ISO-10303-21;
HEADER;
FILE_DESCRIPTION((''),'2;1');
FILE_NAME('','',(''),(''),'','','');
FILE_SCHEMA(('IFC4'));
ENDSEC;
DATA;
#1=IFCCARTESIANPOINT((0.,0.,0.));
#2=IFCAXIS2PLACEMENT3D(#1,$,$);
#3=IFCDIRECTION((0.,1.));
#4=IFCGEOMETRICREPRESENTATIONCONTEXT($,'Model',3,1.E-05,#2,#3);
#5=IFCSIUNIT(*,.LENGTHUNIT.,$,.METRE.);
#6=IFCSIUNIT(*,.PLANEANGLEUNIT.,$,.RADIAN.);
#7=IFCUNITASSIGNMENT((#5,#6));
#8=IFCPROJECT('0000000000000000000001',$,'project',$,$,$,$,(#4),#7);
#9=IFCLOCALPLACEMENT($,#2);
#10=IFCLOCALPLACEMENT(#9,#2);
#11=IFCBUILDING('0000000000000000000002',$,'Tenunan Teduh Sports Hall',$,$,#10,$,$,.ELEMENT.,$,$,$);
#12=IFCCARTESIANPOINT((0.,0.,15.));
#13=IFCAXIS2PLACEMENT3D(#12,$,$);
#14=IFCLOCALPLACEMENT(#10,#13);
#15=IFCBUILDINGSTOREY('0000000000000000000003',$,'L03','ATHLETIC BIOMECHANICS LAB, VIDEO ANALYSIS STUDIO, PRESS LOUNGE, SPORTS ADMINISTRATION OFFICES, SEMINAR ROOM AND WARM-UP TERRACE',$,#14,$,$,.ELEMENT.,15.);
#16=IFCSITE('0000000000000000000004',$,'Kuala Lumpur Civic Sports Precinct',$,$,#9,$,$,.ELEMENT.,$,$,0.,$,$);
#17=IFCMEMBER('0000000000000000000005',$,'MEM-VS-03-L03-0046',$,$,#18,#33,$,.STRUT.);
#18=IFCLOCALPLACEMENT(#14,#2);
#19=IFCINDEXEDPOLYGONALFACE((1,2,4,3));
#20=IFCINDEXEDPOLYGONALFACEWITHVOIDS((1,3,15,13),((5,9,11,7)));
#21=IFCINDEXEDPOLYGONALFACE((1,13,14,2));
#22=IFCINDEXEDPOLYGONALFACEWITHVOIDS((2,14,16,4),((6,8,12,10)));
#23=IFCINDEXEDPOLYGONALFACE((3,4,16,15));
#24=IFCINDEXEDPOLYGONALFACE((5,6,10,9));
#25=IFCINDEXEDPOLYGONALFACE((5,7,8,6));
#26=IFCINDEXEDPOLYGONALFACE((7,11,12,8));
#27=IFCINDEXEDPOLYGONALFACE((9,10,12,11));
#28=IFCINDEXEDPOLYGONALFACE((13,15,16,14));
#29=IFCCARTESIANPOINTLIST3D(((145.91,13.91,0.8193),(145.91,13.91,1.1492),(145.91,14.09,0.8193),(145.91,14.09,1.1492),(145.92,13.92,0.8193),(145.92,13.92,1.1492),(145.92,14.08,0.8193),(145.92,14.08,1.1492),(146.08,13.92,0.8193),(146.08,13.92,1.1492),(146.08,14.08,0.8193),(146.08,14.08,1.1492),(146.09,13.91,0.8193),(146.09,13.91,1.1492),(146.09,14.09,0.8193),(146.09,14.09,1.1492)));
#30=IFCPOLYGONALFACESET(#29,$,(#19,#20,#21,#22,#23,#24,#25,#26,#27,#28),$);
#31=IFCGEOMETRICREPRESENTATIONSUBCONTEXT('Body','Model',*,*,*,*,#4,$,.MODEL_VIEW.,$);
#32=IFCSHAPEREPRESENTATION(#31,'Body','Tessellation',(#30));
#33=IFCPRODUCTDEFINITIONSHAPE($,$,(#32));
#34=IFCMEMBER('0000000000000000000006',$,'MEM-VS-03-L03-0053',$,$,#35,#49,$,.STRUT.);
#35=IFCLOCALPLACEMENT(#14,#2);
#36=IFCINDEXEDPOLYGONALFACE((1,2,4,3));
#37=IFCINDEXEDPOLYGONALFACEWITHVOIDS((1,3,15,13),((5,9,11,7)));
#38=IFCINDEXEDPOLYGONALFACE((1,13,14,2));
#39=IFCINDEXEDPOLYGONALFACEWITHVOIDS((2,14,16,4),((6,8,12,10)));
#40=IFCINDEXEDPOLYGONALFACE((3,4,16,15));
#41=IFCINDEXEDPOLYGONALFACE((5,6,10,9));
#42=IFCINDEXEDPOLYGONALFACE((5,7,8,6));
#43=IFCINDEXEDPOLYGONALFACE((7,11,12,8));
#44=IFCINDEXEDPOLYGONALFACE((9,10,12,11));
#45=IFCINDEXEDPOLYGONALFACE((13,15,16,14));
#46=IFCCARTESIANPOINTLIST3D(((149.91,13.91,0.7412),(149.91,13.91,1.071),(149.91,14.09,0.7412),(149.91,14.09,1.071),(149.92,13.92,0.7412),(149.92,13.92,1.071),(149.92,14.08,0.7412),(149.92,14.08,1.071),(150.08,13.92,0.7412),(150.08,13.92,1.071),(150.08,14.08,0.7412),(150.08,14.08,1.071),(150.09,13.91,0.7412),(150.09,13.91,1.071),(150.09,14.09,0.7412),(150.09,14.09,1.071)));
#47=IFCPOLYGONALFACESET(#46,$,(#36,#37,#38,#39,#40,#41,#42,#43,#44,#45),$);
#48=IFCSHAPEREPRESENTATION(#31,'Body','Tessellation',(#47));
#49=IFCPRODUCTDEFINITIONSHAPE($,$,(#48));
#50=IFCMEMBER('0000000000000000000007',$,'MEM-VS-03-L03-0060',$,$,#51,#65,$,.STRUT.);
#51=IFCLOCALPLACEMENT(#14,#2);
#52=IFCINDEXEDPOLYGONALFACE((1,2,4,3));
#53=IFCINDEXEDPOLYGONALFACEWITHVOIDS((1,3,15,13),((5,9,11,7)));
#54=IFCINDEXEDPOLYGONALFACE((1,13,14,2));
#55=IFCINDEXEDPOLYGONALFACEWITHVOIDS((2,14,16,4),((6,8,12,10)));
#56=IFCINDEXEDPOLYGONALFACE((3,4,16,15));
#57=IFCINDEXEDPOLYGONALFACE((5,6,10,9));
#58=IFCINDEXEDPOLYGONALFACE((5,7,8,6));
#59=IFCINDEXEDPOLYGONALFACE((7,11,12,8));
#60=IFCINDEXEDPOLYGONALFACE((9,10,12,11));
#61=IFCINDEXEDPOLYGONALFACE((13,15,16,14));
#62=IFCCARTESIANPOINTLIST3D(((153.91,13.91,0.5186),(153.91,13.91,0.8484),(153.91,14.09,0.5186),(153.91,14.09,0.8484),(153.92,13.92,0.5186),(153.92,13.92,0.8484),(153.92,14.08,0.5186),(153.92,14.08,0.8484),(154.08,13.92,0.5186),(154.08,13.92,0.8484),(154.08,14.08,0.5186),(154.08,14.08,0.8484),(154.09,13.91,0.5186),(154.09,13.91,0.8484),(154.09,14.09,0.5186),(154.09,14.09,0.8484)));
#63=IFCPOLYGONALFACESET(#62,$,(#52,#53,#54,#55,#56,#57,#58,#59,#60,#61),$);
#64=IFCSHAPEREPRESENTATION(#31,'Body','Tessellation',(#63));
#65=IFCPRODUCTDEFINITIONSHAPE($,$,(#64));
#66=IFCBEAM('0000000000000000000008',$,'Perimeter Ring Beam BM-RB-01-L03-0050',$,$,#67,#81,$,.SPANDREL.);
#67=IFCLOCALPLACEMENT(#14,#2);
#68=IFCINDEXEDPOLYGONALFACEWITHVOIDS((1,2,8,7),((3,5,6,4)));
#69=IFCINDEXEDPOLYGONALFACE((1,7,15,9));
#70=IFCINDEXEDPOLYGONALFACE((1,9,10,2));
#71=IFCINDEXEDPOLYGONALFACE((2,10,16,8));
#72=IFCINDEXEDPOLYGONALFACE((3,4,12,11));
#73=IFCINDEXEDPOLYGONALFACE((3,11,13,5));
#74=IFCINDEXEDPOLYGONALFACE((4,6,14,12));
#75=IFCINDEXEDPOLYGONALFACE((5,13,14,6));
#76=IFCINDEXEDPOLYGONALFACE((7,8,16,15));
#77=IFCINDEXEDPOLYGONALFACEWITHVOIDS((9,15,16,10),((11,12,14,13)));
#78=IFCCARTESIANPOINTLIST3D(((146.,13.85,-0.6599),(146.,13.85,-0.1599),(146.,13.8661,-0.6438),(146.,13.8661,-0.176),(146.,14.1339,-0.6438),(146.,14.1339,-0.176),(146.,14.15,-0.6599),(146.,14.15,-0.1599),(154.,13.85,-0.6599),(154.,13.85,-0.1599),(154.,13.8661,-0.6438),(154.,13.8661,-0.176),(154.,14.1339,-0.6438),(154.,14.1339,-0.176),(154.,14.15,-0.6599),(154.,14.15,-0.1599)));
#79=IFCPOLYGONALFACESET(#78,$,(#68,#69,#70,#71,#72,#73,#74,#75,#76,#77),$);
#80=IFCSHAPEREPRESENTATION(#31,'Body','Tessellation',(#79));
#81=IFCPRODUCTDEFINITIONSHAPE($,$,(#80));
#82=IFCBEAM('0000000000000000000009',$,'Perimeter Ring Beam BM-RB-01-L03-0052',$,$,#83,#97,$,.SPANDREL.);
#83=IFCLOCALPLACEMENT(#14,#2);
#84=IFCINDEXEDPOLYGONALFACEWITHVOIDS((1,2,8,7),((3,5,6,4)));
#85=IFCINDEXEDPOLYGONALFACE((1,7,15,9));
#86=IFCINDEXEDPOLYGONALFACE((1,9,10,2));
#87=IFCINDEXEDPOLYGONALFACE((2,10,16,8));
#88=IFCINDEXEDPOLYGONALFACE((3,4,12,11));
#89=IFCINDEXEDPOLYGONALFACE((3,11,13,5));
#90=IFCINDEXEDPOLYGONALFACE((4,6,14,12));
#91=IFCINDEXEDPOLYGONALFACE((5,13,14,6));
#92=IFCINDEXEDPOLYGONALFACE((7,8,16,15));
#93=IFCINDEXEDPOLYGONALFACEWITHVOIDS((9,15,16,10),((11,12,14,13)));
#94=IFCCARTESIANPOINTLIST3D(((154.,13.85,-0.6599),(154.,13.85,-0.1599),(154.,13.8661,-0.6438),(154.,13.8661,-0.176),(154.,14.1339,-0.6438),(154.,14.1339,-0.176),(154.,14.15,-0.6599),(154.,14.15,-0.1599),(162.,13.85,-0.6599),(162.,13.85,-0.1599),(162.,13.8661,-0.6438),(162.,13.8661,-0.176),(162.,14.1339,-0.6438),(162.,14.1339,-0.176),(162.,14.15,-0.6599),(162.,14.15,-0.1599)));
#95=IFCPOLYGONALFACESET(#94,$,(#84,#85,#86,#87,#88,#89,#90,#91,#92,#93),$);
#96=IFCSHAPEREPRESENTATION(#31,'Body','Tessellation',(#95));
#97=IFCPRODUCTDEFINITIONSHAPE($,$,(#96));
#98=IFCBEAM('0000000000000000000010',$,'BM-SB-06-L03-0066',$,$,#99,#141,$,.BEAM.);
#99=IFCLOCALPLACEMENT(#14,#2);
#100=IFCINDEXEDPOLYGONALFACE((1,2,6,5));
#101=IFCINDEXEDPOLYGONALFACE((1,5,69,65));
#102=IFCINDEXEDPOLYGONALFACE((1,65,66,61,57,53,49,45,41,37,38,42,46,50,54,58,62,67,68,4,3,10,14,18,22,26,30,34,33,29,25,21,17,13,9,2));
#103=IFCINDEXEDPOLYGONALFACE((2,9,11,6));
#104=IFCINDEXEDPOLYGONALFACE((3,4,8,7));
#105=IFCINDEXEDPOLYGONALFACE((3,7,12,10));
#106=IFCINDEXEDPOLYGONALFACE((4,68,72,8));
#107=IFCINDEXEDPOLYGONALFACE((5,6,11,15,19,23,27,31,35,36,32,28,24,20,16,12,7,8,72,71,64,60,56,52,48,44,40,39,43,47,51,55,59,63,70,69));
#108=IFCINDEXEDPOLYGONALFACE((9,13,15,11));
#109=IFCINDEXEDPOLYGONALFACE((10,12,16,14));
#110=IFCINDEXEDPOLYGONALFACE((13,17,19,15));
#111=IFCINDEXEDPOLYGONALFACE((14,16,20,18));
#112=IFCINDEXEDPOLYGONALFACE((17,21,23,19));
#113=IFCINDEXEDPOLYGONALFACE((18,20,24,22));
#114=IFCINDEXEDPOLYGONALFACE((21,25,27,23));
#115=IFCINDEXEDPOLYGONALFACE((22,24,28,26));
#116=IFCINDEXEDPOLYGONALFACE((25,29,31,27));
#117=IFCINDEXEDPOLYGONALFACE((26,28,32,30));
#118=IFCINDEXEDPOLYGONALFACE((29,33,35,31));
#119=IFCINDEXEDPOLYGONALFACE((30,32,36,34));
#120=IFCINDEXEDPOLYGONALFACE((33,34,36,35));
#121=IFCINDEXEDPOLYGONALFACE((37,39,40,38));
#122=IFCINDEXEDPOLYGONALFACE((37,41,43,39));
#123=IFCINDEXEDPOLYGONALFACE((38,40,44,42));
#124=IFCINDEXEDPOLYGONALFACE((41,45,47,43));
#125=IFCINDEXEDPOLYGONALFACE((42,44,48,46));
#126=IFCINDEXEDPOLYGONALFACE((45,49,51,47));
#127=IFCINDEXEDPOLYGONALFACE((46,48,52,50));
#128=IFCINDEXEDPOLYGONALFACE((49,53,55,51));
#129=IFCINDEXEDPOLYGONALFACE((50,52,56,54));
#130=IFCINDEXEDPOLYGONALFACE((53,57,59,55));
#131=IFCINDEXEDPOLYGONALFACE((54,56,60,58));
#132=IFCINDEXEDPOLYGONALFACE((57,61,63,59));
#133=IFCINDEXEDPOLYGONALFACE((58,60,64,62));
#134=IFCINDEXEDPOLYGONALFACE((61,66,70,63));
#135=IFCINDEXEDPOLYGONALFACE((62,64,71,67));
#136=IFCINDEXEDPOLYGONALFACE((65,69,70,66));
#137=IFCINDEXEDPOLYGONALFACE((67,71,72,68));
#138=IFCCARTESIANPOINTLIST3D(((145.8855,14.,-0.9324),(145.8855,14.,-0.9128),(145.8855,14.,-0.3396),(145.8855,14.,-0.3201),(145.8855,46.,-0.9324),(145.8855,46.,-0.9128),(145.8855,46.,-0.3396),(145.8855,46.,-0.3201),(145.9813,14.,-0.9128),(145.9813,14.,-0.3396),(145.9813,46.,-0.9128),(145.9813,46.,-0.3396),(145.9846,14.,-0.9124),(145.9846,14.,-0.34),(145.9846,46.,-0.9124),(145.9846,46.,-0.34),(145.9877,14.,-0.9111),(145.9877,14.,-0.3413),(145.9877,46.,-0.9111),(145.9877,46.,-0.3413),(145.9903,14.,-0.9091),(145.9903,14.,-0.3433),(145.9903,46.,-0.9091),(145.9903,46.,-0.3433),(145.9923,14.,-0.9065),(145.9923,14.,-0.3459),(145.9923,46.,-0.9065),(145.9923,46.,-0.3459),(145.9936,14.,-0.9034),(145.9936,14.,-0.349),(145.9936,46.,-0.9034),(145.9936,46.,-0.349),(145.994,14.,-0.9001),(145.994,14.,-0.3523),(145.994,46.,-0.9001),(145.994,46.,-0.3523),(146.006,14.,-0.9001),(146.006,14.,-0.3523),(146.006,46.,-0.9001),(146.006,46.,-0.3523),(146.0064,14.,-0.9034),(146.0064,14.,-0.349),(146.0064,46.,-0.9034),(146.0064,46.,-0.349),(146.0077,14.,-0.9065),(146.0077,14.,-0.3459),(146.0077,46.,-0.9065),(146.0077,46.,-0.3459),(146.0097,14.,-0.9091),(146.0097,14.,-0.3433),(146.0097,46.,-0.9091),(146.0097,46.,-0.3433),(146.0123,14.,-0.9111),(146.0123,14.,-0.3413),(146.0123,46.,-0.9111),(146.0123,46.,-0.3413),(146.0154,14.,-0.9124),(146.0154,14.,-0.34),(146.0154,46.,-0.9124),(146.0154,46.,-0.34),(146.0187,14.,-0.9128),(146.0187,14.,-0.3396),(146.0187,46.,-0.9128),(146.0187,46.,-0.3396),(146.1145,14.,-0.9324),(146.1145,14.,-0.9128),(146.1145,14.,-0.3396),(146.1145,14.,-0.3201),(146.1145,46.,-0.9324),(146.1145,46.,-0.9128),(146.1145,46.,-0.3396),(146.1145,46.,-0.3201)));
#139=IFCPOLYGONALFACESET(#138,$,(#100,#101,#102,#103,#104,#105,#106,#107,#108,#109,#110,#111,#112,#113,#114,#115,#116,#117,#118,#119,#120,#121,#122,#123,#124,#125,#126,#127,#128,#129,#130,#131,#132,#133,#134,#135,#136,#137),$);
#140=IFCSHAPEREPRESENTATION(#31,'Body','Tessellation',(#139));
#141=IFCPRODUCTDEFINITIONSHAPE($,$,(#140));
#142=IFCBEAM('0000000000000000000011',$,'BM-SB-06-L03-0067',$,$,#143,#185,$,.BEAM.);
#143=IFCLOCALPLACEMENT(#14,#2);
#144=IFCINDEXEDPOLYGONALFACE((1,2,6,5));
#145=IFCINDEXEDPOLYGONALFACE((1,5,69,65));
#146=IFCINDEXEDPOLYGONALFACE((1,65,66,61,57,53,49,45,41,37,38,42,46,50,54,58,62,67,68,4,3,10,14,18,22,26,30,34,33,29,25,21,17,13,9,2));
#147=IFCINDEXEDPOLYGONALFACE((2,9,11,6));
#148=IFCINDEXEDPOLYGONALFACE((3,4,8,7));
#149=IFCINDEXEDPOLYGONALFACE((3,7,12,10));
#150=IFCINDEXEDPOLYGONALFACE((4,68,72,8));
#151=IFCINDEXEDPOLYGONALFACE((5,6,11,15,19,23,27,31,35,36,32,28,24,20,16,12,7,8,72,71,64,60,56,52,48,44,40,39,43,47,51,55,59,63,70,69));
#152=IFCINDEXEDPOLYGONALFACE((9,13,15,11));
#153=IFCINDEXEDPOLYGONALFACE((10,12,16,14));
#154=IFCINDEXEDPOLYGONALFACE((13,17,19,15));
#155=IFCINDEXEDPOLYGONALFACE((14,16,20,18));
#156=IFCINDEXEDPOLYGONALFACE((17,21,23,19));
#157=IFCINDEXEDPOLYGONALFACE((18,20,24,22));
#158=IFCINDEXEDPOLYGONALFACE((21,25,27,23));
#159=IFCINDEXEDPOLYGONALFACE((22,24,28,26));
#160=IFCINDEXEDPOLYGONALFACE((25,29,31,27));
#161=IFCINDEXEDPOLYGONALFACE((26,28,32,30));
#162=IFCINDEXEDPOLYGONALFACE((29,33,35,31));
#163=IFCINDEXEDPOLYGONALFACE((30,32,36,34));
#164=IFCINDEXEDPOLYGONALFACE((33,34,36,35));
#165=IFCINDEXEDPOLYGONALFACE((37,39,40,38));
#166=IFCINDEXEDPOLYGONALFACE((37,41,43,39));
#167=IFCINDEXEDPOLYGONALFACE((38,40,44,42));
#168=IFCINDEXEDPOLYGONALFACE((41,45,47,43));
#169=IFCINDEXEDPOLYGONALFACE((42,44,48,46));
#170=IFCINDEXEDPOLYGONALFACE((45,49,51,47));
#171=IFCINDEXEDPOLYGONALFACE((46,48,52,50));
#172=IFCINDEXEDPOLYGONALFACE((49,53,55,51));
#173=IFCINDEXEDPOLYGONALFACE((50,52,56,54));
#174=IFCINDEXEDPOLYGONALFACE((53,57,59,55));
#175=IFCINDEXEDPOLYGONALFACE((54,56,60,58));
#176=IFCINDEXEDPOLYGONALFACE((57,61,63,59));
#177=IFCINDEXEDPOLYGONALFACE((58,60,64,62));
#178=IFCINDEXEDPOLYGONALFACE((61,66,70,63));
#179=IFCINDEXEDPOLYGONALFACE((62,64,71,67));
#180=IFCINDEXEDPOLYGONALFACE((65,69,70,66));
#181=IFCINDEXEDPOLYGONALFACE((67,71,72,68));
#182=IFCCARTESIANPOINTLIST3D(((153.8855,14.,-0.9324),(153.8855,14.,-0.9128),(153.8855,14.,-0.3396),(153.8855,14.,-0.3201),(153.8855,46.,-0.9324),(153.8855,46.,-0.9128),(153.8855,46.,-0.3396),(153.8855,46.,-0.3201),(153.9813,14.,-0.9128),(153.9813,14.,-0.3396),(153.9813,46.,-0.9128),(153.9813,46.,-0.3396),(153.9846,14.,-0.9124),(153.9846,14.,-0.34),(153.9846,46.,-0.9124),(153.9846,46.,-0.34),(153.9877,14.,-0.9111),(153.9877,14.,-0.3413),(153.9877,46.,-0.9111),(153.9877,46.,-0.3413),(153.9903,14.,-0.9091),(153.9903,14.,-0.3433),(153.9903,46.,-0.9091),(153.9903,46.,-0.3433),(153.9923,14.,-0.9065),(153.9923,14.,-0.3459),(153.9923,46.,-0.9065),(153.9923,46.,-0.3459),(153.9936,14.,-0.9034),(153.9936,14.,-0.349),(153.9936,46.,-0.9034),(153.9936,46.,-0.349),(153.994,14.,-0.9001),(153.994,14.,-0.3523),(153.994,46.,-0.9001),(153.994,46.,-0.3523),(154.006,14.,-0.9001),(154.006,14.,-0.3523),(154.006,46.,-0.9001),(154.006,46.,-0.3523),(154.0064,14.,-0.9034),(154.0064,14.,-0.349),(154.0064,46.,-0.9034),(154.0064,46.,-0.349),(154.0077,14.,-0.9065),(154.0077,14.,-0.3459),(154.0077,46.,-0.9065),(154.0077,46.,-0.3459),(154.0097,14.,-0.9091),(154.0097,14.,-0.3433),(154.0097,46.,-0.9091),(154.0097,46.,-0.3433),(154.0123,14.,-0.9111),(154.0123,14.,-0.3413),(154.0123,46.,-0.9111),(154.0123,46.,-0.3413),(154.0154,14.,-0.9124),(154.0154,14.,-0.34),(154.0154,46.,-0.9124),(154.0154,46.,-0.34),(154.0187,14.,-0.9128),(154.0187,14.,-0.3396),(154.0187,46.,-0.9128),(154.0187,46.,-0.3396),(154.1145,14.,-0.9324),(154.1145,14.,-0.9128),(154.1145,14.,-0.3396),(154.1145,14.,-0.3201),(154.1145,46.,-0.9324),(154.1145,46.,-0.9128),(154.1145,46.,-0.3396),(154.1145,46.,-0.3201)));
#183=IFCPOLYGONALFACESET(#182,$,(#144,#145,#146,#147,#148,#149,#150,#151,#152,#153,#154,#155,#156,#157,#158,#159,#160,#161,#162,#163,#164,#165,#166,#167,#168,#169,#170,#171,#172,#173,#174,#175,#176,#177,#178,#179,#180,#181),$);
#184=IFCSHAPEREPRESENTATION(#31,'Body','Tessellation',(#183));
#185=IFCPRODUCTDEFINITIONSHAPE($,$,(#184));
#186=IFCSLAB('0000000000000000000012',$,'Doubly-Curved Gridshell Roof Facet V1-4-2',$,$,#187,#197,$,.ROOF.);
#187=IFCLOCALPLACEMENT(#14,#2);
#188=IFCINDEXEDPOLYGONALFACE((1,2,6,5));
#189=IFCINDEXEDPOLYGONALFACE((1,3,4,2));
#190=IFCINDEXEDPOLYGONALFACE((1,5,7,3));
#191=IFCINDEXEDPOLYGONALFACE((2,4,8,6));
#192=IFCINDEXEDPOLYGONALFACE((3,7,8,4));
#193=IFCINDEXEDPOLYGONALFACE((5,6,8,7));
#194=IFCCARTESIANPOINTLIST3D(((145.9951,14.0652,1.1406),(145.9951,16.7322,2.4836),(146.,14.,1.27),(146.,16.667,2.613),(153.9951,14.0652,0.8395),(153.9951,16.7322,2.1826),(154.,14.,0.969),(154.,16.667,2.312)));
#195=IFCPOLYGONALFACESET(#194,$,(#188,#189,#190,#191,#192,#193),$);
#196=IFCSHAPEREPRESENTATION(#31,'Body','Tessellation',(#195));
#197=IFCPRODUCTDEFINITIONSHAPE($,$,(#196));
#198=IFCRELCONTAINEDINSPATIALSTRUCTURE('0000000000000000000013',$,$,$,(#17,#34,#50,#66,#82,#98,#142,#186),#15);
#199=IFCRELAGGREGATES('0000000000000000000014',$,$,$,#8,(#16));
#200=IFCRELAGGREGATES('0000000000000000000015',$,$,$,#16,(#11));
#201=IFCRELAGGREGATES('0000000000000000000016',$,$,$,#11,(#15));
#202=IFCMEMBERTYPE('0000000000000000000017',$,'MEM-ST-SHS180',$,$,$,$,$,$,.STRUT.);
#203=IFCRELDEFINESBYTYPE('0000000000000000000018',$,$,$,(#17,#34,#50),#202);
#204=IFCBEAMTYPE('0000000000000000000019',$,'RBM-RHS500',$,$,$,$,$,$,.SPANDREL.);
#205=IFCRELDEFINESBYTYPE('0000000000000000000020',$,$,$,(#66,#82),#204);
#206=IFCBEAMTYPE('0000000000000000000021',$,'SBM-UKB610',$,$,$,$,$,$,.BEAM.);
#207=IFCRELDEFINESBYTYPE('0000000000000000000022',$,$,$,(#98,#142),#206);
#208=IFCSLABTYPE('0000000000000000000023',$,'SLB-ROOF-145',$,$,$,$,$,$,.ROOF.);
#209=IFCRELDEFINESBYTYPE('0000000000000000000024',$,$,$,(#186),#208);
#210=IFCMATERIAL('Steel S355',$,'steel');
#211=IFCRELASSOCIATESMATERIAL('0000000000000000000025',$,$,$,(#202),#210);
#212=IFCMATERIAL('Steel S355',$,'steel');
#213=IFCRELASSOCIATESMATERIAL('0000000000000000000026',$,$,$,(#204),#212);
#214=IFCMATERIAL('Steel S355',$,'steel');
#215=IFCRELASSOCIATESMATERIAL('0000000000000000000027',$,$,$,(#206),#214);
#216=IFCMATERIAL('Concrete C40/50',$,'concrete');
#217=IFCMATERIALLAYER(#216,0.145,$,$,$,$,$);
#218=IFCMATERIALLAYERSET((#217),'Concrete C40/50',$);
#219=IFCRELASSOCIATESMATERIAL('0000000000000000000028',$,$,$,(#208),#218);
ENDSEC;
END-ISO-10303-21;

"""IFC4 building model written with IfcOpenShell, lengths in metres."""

from ifc_helpers import new_model, si_unit, direction, frame, origin, origin_2d, place, context, subcontext, project, spatial, polyline, hollow_rectangle, i_section, outline, extrude, material, layer, layer_set, material_profile, profile_set, type_object, element, save


model = new_model("IFC4")

# Units and contexts
model_context = context("Model", 3, precision=1e-05, world=origin(), true_north=direction((0.0, 1.0)))
body_context = subcontext(model_context, "Body", "Model", "MODEL_VIEW")
ifc_project = project(units=[si_unit("LENGTHUNIT", "METRE"), si_unit("PLANEANGLEUNIT", "RADIAN")], contexts=[model_context])

# Site, building, storey
site_placement = place(None, origin())
site = spatial("IfcSite", under=ifc_project, at=site_placement, Name="Kuala Lumpur Civic Sports Precinct", CompositionType="ELEMENT", RefElevation=0.0)
building_placement = place(site_placement, origin())
building = spatial("IfcBuilding", under=site, at=building_placement, Name="Tenunan Teduh Sports Hall", CompositionType="ELEMENT")
storey_placement = place(building_placement, frame((0.0, 0.0, 15.0)))
storey = spatial("IfcBuildingStorey", under=building, at=storey_placement, Name="L03", Description="ATHLETIC BIOMECHANICS LAB, VIDEO ANALYSIS STUDIO, PRESS LOUNGE, SPORTS ADMINISTRATION OFFICES, SEMINAR ROOM AND WARM-UP TERRACE", CompositionType="ELEMENT", Elevation=15.0)

# Members
ifc_material_1 = material(Name="Steel S355", Category="steel")
ifc_material_profile_1 = material_profile(ifc_material_1, hollow_rectangle(XDim=0.1799, YDim=0.1799, WallThickness=0.01, at=origin_2d()), Name="SHS 180x180x10.0")
ifc_profile_set_1 = profile_set([ifc_material_profile_1], Name="Steel S355")
member_type_1 = type_object("IfcMemberType", Name="MEM-ST-SHS180", PredefinedType="STRUT", material=ifc_profile_set_1)
for number, where, z_axis, x_axis, name in (
    (1, (146.0, 14.0, 0.8193), (0.0, 0.0, 1.0), (1.0, 0.0, 0.0), "MEM-VS-03-L03-0046"),
    (2, (150.0, 14.0, 0.7412), (0.0, 0.0, 1.0), (1.0, 0.0, 0.0), "MEM-VS-03-L03-0053"),
    (3, (154.0, 14.0, 0.5186), (0.0, 0.0, 1.0), (1.0, 0.0, 0.0), "MEM-VS-03-L03-0060"),
):
    element("IfcMember", number, at=place(storey_placement, frame(where, z_axis=z_axis, x_axis=x_axis)), inside=storey, type_object=member_type_1, Name=name, PredefinedType="STRUT", context=body_context, shape_type="SweptSolid", body=[
        extrude(hollow_rectangle(XDim=0.1799, YDim=0.1799, WallThickness=0.01, at=origin_2d()), origin(), (0.0, 0.0, 1.0), 0.3298),
    ])

# Beams
ifc_material_2 = material(Name="Steel S355", Category="steel")
ifc_material_profile_2 = material_profile(ifc_material_2, hollow_rectangle(XDim=0.3, YDim=0.5, WallThickness=0.0161, at=origin_2d()), Name="RHS 500x300x16.0")
ifc_profile_set_2 = profile_set([ifc_material_profile_2], Name="Steel S355")
beam_type_1 = type_object("IfcBeamType", Name="RBM-RHS500", PredefinedType="SPANDREL", material=ifc_profile_set_2)
for number, where, z_axis, x_axis, name in (
    (4, (146.0, 14.0, -0.4099), (1.0, 0.0, 0.0), (0.0, 1.0, 0.0), "Perimeter Ring Beam BM-RB-01-L03-0050"),
    (5, (154.0, 14.0, -0.4099), (1.0, 0.0, 0.0), (0.0, 1.0, 0.0), "Perimeter Ring Beam BM-RB-01-L03-0052"),
):
    element("IfcBeam", number, at=place(storey_placement, frame(where, z_axis=z_axis, x_axis=x_axis)), inside=storey, type_object=beam_type_1, Name=name, PredefinedType="SPANDREL", context=body_context, shape_type="SweptSolid", body=[
        extrude(hollow_rectangle(XDim=0.3, YDim=0.5, WallThickness=0.0161, at=origin_2d()), origin(), (0.0, 0.0, 1.0), 8.0),
    ])
ifc_material_3 = material(Name="Steel S355", Category="steel")
ifc_material_profile_3 = material_profile(ifc_material_3, i_section(OverallWidth=0.229, OverallDepth=0.6123, WebThickness=0.012, FlangeThickness=0.0195, FilletRadius=0.0127, at=origin_2d()), Name="UKB 610x229x125")
ifc_profile_set_3 = profile_set([ifc_material_profile_3], Name="Steel S355")
beam_type_2 = type_object("IfcBeamType", Name="SBM-UKB610", PredefinedType="BEAM", material=ifc_profile_set_3)
for number, where, z_axis, x_axis, name in (
    (6, (146.0, 14.0, -0.6262), (0.0, 1.0, 0.0), (-1.0, 0.0, 0.0), "BM-SB-06-L03-0066"),
    (7, (154.0, 14.0, -0.6262), (0.0, 1.0, 0.0), (-1.0, 0.0, 0.0), "BM-SB-06-L03-0067"),
):
    element("IfcBeam", number, at=place(storey_placement, frame(where, z_axis=z_axis, x_axis=x_axis)), inside=storey, type_object=beam_type_2, Name=name, PredefinedType="BEAM", context=body_context, shape_type="SweptSolid", body=[
        extrude(i_section(OverallWidth=0.229, OverallDepth=0.6123, WebThickness=0.012, FlangeThickness=0.0195, FilletRadius=0.0127, at=origin_2d()), origin(), (0.0, 0.0, 1.0), 32.0),
    ])

# Slab
ifc_material_4 = material(Name="Concrete C40/50", Category="concrete")
ifc_layer_1 = layer(ifc_material_4, 0.145)
ifc_layer_set_1 = layer_set([ifc_layer_1], Name="Concrete C40/50")
slab_type_1 = type_object("IfcSlabType", Name="SLB-ROOF-145", PredefinedType="ROOF", material=ifc_layer_set_1)
slab_1_placement = place(storey_placement, frame((146.0, 14.0, 1.27), z_axis=(0.033589, -0.449509, 0.892644), x_axis=(0.999293, 0.0, -0.037602)))
element("IfcSlab", 8, at=slab_1_placement, inside=storey, type_object=slab_type_1, Name="Doubly-Curved Gridshell Roof Facet V1-4-2", PredefinedType="ROOF", context=body_context, shape_type="SweptSolid", body=[
    extrude(outline(polyline([(0.0, 0.0), (8.0057, 0.0), (7.9552, 2.9856), (-0.0505, 2.9856), (0.0, 0.0)])), origin(), (0.0, 0.0, -1.0), 0.145),
])

save(model, "model.ifc")
